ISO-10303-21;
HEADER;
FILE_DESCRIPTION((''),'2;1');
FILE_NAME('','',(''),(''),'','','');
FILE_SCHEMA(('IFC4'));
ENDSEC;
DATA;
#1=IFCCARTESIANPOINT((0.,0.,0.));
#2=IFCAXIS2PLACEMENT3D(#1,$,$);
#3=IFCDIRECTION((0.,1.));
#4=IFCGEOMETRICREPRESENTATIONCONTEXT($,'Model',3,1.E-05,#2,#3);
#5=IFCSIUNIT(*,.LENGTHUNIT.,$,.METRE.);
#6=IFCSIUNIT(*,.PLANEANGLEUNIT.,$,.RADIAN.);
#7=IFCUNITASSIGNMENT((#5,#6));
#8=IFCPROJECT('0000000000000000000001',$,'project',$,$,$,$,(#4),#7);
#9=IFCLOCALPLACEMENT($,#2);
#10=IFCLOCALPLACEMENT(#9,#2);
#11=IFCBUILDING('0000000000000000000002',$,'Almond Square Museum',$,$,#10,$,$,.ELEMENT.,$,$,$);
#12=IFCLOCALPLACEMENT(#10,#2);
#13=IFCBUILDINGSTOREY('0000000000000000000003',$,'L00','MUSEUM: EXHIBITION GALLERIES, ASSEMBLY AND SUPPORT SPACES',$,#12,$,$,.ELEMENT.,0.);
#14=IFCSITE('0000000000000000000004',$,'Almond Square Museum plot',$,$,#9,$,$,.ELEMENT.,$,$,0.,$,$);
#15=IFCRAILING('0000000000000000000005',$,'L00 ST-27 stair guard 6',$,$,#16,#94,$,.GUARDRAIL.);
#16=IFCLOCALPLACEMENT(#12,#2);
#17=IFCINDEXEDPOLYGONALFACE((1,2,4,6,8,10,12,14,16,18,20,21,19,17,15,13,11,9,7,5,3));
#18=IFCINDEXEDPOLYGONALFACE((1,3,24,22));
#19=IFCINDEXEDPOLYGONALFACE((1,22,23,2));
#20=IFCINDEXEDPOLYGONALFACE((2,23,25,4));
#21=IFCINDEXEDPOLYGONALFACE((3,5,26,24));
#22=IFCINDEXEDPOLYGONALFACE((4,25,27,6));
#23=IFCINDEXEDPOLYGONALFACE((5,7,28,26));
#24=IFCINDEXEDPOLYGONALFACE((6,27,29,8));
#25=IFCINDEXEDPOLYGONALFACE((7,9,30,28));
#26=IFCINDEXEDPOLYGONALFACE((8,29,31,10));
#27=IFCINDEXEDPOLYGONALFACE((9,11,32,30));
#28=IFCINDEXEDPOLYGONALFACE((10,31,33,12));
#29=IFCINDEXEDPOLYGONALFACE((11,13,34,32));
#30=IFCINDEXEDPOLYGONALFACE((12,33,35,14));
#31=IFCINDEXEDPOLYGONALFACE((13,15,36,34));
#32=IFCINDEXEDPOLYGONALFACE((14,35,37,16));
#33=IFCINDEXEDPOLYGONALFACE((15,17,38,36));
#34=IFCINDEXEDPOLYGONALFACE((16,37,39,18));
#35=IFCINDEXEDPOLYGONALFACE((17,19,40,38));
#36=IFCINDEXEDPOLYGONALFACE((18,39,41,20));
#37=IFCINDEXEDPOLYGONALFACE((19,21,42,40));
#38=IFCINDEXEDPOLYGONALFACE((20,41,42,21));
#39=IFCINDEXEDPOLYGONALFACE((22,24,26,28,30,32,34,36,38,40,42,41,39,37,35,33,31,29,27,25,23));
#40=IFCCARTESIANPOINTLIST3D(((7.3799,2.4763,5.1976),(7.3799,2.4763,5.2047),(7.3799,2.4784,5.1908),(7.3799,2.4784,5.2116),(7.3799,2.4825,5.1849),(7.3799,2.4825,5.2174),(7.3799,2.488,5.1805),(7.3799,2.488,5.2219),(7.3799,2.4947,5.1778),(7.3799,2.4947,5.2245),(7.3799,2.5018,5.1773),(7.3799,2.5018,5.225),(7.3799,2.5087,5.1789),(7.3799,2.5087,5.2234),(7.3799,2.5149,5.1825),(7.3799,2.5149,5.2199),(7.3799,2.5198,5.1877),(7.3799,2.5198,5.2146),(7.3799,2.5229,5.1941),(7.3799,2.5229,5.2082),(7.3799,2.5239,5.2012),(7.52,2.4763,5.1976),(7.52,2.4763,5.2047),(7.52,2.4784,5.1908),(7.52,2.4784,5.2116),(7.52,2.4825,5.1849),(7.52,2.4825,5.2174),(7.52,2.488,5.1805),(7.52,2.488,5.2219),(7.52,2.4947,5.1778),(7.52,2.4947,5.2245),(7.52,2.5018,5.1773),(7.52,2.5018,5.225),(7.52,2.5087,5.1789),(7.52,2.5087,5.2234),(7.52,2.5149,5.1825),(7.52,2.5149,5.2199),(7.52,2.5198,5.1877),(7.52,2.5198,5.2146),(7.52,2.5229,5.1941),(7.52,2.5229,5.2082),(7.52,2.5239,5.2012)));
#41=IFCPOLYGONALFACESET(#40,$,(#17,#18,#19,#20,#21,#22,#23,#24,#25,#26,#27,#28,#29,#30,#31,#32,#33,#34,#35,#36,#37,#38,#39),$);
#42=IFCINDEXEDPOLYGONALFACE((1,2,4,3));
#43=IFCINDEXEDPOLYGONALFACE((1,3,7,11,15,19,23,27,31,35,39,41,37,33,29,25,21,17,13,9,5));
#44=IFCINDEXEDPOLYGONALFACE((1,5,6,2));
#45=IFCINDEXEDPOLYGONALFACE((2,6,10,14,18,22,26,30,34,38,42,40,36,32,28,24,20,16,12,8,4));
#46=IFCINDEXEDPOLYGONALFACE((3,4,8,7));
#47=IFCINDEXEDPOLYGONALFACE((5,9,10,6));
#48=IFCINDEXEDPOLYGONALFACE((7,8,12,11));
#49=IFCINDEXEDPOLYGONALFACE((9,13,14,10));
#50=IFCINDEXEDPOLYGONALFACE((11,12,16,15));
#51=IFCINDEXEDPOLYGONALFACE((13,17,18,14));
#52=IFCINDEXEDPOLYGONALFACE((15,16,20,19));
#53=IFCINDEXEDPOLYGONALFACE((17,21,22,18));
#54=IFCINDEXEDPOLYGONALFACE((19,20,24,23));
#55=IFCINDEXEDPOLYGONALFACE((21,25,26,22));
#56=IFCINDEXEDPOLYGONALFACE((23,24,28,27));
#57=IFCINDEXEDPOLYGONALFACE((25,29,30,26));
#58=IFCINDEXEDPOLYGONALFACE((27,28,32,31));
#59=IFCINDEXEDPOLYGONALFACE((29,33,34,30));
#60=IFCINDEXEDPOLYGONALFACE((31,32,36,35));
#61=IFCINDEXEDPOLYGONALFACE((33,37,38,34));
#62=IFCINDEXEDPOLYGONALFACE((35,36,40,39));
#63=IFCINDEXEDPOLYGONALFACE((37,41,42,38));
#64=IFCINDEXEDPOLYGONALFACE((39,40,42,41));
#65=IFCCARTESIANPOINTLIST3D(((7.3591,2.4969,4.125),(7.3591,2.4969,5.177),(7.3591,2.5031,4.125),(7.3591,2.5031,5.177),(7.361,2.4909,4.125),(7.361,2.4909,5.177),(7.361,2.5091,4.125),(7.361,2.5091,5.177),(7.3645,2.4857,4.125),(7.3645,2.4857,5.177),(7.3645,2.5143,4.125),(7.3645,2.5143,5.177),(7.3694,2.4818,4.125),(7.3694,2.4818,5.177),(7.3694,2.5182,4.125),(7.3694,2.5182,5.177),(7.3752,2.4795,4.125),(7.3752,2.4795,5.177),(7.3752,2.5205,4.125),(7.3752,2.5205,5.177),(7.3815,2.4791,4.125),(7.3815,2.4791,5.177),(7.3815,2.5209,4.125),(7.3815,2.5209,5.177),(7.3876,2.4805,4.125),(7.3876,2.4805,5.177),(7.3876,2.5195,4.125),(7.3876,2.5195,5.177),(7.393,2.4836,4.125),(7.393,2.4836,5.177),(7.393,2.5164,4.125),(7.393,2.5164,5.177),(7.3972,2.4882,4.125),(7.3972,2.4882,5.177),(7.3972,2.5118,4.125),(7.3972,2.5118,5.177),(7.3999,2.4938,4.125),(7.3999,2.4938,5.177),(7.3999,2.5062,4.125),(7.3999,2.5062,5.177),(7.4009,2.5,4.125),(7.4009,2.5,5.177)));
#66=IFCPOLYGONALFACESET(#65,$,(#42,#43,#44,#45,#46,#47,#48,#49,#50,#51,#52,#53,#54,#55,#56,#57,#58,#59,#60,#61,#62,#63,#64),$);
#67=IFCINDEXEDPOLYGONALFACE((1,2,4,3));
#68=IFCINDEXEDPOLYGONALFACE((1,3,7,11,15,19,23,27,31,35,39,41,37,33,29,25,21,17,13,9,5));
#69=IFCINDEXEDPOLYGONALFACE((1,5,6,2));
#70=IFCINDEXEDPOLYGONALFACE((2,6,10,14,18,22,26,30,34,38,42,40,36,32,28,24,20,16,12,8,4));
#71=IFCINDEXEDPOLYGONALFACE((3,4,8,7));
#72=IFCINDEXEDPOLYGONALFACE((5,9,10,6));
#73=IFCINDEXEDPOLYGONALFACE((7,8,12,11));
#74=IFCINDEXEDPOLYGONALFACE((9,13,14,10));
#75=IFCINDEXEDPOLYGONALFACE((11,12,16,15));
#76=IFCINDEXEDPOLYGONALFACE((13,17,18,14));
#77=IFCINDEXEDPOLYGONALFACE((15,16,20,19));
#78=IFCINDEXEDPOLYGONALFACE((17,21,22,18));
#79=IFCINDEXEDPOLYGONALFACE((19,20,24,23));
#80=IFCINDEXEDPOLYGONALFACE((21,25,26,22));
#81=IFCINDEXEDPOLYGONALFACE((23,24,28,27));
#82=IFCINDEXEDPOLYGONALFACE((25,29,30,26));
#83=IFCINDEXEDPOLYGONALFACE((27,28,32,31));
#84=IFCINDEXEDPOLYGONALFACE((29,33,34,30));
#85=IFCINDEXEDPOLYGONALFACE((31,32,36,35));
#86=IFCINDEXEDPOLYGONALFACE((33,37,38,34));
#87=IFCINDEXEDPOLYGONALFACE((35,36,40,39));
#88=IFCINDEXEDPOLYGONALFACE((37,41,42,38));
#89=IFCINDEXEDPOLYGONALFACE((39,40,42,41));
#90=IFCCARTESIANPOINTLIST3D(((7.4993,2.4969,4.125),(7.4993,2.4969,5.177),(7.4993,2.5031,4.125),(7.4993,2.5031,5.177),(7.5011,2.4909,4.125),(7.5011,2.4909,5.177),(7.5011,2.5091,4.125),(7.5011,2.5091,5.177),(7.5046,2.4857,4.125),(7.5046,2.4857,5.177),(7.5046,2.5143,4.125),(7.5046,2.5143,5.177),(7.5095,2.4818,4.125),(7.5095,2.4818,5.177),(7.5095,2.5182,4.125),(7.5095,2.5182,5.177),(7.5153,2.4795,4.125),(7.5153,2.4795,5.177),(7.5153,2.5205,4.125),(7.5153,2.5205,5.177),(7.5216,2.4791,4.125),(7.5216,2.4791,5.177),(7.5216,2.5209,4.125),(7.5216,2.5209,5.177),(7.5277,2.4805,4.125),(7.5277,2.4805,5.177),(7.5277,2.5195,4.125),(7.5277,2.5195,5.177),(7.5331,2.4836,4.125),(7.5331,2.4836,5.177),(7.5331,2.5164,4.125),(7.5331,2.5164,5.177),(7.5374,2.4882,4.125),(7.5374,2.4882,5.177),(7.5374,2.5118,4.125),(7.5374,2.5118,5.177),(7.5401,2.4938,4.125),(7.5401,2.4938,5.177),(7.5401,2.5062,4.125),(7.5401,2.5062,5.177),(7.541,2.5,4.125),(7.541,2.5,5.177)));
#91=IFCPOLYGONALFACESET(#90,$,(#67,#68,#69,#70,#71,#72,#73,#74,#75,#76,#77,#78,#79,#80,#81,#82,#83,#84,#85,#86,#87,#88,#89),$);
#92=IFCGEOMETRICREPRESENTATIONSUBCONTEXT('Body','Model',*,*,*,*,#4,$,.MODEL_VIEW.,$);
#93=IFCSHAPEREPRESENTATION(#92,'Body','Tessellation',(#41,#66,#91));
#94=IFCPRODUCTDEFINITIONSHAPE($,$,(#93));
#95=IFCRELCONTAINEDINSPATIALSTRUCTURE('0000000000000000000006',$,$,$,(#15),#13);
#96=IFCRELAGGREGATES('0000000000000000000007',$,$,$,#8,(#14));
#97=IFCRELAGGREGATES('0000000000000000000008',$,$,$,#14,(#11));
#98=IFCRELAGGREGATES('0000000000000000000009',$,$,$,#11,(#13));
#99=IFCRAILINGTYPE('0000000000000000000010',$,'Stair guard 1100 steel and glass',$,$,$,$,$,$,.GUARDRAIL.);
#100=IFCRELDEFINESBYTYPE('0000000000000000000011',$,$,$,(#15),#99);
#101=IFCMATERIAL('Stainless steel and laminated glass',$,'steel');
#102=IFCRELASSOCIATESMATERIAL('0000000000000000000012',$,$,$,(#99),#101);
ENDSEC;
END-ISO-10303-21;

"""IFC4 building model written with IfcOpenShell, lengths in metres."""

from ifc_helpers import new_model, si_unit, direction, frame, origin, origin_2d, place, context, subcontext, project, spatial, circle, extrude, material, type_object, element, save


model = new_model("IFC4")

# Units and contexts
model_context = context("Model", 3, precision=1e-05, world=origin(), true_north=direction((0.0, 1.0)))
body_context = subcontext(model_context, "Body", "Model", "MODEL_VIEW")
ifc_project = project(units=[si_unit("LENGTHUNIT", "METRE"), si_unit("PLANEANGLEUNIT", "RADIAN")], contexts=[model_context])

# Site, building, storey
site_placement = place(None, origin())
site = spatial("IfcSite", under=ifc_project, at=site_placement, Name="Almond Square Museum plot", CompositionType="ELEMENT", RefElevation=0.0)
building_placement = place(site_placement, origin())
building = spatial("IfcBuilding", under=site, at=building_placement, Name="Almond Square Museum", CompositionType="ELEMENT")
storey_placement = place(building_placement, origin())
storey = spatial("IfcBuildingStorey", under=building, at=storey_placement, Name="L00", Description="MUSEUM: EXHIBITION GALLERIES, ASSEMBLY AND SUPPORT SPACES", CompositionType="ELEMENT", Elevation=0.0)

# Railing
ifc_material_1 = material(Name="Stainless steel and laminated glass", Category="steel")
railing_type = type_object("IfcRailingType", Name="Stair guard 1100 steel and glass", PredefinedType="GUARDRAIL", material=ifc_material_1)
railing_1_placement = place(storey_placement, frame((7.3799, 2.5, 4.125)))
element("IfcRailing", 1, at=railing_1_placement, inside=storey, type_object=railing_type, Name="L00 ST-27 stair guard 6", PredefinedType="GUARDRAIL", context=body_context, shape_type="SweptSolid", body=[
    extrude(circle(Radius=0.0239, at=origin_2d()), frame((0.0, 0.0, 1.0762), z_axis=(1.0, 0.0, 0.0), x_axis=(0.0, 1.0, 0.0)), (0.0, 0.0, 1.0), 0.1401),
    extrude(circle(Radius=0.021, at=origin_2d()), origin(), (0.0, 0.0, 1.0), 1.052),
    extrude(circle(Radius=0.021, at=origin_2d()), frame((0.1401, 0.0, 0.0)), (0.0, 0.0, 1.0), 1.052),
])

save(model, "model.ifc")
